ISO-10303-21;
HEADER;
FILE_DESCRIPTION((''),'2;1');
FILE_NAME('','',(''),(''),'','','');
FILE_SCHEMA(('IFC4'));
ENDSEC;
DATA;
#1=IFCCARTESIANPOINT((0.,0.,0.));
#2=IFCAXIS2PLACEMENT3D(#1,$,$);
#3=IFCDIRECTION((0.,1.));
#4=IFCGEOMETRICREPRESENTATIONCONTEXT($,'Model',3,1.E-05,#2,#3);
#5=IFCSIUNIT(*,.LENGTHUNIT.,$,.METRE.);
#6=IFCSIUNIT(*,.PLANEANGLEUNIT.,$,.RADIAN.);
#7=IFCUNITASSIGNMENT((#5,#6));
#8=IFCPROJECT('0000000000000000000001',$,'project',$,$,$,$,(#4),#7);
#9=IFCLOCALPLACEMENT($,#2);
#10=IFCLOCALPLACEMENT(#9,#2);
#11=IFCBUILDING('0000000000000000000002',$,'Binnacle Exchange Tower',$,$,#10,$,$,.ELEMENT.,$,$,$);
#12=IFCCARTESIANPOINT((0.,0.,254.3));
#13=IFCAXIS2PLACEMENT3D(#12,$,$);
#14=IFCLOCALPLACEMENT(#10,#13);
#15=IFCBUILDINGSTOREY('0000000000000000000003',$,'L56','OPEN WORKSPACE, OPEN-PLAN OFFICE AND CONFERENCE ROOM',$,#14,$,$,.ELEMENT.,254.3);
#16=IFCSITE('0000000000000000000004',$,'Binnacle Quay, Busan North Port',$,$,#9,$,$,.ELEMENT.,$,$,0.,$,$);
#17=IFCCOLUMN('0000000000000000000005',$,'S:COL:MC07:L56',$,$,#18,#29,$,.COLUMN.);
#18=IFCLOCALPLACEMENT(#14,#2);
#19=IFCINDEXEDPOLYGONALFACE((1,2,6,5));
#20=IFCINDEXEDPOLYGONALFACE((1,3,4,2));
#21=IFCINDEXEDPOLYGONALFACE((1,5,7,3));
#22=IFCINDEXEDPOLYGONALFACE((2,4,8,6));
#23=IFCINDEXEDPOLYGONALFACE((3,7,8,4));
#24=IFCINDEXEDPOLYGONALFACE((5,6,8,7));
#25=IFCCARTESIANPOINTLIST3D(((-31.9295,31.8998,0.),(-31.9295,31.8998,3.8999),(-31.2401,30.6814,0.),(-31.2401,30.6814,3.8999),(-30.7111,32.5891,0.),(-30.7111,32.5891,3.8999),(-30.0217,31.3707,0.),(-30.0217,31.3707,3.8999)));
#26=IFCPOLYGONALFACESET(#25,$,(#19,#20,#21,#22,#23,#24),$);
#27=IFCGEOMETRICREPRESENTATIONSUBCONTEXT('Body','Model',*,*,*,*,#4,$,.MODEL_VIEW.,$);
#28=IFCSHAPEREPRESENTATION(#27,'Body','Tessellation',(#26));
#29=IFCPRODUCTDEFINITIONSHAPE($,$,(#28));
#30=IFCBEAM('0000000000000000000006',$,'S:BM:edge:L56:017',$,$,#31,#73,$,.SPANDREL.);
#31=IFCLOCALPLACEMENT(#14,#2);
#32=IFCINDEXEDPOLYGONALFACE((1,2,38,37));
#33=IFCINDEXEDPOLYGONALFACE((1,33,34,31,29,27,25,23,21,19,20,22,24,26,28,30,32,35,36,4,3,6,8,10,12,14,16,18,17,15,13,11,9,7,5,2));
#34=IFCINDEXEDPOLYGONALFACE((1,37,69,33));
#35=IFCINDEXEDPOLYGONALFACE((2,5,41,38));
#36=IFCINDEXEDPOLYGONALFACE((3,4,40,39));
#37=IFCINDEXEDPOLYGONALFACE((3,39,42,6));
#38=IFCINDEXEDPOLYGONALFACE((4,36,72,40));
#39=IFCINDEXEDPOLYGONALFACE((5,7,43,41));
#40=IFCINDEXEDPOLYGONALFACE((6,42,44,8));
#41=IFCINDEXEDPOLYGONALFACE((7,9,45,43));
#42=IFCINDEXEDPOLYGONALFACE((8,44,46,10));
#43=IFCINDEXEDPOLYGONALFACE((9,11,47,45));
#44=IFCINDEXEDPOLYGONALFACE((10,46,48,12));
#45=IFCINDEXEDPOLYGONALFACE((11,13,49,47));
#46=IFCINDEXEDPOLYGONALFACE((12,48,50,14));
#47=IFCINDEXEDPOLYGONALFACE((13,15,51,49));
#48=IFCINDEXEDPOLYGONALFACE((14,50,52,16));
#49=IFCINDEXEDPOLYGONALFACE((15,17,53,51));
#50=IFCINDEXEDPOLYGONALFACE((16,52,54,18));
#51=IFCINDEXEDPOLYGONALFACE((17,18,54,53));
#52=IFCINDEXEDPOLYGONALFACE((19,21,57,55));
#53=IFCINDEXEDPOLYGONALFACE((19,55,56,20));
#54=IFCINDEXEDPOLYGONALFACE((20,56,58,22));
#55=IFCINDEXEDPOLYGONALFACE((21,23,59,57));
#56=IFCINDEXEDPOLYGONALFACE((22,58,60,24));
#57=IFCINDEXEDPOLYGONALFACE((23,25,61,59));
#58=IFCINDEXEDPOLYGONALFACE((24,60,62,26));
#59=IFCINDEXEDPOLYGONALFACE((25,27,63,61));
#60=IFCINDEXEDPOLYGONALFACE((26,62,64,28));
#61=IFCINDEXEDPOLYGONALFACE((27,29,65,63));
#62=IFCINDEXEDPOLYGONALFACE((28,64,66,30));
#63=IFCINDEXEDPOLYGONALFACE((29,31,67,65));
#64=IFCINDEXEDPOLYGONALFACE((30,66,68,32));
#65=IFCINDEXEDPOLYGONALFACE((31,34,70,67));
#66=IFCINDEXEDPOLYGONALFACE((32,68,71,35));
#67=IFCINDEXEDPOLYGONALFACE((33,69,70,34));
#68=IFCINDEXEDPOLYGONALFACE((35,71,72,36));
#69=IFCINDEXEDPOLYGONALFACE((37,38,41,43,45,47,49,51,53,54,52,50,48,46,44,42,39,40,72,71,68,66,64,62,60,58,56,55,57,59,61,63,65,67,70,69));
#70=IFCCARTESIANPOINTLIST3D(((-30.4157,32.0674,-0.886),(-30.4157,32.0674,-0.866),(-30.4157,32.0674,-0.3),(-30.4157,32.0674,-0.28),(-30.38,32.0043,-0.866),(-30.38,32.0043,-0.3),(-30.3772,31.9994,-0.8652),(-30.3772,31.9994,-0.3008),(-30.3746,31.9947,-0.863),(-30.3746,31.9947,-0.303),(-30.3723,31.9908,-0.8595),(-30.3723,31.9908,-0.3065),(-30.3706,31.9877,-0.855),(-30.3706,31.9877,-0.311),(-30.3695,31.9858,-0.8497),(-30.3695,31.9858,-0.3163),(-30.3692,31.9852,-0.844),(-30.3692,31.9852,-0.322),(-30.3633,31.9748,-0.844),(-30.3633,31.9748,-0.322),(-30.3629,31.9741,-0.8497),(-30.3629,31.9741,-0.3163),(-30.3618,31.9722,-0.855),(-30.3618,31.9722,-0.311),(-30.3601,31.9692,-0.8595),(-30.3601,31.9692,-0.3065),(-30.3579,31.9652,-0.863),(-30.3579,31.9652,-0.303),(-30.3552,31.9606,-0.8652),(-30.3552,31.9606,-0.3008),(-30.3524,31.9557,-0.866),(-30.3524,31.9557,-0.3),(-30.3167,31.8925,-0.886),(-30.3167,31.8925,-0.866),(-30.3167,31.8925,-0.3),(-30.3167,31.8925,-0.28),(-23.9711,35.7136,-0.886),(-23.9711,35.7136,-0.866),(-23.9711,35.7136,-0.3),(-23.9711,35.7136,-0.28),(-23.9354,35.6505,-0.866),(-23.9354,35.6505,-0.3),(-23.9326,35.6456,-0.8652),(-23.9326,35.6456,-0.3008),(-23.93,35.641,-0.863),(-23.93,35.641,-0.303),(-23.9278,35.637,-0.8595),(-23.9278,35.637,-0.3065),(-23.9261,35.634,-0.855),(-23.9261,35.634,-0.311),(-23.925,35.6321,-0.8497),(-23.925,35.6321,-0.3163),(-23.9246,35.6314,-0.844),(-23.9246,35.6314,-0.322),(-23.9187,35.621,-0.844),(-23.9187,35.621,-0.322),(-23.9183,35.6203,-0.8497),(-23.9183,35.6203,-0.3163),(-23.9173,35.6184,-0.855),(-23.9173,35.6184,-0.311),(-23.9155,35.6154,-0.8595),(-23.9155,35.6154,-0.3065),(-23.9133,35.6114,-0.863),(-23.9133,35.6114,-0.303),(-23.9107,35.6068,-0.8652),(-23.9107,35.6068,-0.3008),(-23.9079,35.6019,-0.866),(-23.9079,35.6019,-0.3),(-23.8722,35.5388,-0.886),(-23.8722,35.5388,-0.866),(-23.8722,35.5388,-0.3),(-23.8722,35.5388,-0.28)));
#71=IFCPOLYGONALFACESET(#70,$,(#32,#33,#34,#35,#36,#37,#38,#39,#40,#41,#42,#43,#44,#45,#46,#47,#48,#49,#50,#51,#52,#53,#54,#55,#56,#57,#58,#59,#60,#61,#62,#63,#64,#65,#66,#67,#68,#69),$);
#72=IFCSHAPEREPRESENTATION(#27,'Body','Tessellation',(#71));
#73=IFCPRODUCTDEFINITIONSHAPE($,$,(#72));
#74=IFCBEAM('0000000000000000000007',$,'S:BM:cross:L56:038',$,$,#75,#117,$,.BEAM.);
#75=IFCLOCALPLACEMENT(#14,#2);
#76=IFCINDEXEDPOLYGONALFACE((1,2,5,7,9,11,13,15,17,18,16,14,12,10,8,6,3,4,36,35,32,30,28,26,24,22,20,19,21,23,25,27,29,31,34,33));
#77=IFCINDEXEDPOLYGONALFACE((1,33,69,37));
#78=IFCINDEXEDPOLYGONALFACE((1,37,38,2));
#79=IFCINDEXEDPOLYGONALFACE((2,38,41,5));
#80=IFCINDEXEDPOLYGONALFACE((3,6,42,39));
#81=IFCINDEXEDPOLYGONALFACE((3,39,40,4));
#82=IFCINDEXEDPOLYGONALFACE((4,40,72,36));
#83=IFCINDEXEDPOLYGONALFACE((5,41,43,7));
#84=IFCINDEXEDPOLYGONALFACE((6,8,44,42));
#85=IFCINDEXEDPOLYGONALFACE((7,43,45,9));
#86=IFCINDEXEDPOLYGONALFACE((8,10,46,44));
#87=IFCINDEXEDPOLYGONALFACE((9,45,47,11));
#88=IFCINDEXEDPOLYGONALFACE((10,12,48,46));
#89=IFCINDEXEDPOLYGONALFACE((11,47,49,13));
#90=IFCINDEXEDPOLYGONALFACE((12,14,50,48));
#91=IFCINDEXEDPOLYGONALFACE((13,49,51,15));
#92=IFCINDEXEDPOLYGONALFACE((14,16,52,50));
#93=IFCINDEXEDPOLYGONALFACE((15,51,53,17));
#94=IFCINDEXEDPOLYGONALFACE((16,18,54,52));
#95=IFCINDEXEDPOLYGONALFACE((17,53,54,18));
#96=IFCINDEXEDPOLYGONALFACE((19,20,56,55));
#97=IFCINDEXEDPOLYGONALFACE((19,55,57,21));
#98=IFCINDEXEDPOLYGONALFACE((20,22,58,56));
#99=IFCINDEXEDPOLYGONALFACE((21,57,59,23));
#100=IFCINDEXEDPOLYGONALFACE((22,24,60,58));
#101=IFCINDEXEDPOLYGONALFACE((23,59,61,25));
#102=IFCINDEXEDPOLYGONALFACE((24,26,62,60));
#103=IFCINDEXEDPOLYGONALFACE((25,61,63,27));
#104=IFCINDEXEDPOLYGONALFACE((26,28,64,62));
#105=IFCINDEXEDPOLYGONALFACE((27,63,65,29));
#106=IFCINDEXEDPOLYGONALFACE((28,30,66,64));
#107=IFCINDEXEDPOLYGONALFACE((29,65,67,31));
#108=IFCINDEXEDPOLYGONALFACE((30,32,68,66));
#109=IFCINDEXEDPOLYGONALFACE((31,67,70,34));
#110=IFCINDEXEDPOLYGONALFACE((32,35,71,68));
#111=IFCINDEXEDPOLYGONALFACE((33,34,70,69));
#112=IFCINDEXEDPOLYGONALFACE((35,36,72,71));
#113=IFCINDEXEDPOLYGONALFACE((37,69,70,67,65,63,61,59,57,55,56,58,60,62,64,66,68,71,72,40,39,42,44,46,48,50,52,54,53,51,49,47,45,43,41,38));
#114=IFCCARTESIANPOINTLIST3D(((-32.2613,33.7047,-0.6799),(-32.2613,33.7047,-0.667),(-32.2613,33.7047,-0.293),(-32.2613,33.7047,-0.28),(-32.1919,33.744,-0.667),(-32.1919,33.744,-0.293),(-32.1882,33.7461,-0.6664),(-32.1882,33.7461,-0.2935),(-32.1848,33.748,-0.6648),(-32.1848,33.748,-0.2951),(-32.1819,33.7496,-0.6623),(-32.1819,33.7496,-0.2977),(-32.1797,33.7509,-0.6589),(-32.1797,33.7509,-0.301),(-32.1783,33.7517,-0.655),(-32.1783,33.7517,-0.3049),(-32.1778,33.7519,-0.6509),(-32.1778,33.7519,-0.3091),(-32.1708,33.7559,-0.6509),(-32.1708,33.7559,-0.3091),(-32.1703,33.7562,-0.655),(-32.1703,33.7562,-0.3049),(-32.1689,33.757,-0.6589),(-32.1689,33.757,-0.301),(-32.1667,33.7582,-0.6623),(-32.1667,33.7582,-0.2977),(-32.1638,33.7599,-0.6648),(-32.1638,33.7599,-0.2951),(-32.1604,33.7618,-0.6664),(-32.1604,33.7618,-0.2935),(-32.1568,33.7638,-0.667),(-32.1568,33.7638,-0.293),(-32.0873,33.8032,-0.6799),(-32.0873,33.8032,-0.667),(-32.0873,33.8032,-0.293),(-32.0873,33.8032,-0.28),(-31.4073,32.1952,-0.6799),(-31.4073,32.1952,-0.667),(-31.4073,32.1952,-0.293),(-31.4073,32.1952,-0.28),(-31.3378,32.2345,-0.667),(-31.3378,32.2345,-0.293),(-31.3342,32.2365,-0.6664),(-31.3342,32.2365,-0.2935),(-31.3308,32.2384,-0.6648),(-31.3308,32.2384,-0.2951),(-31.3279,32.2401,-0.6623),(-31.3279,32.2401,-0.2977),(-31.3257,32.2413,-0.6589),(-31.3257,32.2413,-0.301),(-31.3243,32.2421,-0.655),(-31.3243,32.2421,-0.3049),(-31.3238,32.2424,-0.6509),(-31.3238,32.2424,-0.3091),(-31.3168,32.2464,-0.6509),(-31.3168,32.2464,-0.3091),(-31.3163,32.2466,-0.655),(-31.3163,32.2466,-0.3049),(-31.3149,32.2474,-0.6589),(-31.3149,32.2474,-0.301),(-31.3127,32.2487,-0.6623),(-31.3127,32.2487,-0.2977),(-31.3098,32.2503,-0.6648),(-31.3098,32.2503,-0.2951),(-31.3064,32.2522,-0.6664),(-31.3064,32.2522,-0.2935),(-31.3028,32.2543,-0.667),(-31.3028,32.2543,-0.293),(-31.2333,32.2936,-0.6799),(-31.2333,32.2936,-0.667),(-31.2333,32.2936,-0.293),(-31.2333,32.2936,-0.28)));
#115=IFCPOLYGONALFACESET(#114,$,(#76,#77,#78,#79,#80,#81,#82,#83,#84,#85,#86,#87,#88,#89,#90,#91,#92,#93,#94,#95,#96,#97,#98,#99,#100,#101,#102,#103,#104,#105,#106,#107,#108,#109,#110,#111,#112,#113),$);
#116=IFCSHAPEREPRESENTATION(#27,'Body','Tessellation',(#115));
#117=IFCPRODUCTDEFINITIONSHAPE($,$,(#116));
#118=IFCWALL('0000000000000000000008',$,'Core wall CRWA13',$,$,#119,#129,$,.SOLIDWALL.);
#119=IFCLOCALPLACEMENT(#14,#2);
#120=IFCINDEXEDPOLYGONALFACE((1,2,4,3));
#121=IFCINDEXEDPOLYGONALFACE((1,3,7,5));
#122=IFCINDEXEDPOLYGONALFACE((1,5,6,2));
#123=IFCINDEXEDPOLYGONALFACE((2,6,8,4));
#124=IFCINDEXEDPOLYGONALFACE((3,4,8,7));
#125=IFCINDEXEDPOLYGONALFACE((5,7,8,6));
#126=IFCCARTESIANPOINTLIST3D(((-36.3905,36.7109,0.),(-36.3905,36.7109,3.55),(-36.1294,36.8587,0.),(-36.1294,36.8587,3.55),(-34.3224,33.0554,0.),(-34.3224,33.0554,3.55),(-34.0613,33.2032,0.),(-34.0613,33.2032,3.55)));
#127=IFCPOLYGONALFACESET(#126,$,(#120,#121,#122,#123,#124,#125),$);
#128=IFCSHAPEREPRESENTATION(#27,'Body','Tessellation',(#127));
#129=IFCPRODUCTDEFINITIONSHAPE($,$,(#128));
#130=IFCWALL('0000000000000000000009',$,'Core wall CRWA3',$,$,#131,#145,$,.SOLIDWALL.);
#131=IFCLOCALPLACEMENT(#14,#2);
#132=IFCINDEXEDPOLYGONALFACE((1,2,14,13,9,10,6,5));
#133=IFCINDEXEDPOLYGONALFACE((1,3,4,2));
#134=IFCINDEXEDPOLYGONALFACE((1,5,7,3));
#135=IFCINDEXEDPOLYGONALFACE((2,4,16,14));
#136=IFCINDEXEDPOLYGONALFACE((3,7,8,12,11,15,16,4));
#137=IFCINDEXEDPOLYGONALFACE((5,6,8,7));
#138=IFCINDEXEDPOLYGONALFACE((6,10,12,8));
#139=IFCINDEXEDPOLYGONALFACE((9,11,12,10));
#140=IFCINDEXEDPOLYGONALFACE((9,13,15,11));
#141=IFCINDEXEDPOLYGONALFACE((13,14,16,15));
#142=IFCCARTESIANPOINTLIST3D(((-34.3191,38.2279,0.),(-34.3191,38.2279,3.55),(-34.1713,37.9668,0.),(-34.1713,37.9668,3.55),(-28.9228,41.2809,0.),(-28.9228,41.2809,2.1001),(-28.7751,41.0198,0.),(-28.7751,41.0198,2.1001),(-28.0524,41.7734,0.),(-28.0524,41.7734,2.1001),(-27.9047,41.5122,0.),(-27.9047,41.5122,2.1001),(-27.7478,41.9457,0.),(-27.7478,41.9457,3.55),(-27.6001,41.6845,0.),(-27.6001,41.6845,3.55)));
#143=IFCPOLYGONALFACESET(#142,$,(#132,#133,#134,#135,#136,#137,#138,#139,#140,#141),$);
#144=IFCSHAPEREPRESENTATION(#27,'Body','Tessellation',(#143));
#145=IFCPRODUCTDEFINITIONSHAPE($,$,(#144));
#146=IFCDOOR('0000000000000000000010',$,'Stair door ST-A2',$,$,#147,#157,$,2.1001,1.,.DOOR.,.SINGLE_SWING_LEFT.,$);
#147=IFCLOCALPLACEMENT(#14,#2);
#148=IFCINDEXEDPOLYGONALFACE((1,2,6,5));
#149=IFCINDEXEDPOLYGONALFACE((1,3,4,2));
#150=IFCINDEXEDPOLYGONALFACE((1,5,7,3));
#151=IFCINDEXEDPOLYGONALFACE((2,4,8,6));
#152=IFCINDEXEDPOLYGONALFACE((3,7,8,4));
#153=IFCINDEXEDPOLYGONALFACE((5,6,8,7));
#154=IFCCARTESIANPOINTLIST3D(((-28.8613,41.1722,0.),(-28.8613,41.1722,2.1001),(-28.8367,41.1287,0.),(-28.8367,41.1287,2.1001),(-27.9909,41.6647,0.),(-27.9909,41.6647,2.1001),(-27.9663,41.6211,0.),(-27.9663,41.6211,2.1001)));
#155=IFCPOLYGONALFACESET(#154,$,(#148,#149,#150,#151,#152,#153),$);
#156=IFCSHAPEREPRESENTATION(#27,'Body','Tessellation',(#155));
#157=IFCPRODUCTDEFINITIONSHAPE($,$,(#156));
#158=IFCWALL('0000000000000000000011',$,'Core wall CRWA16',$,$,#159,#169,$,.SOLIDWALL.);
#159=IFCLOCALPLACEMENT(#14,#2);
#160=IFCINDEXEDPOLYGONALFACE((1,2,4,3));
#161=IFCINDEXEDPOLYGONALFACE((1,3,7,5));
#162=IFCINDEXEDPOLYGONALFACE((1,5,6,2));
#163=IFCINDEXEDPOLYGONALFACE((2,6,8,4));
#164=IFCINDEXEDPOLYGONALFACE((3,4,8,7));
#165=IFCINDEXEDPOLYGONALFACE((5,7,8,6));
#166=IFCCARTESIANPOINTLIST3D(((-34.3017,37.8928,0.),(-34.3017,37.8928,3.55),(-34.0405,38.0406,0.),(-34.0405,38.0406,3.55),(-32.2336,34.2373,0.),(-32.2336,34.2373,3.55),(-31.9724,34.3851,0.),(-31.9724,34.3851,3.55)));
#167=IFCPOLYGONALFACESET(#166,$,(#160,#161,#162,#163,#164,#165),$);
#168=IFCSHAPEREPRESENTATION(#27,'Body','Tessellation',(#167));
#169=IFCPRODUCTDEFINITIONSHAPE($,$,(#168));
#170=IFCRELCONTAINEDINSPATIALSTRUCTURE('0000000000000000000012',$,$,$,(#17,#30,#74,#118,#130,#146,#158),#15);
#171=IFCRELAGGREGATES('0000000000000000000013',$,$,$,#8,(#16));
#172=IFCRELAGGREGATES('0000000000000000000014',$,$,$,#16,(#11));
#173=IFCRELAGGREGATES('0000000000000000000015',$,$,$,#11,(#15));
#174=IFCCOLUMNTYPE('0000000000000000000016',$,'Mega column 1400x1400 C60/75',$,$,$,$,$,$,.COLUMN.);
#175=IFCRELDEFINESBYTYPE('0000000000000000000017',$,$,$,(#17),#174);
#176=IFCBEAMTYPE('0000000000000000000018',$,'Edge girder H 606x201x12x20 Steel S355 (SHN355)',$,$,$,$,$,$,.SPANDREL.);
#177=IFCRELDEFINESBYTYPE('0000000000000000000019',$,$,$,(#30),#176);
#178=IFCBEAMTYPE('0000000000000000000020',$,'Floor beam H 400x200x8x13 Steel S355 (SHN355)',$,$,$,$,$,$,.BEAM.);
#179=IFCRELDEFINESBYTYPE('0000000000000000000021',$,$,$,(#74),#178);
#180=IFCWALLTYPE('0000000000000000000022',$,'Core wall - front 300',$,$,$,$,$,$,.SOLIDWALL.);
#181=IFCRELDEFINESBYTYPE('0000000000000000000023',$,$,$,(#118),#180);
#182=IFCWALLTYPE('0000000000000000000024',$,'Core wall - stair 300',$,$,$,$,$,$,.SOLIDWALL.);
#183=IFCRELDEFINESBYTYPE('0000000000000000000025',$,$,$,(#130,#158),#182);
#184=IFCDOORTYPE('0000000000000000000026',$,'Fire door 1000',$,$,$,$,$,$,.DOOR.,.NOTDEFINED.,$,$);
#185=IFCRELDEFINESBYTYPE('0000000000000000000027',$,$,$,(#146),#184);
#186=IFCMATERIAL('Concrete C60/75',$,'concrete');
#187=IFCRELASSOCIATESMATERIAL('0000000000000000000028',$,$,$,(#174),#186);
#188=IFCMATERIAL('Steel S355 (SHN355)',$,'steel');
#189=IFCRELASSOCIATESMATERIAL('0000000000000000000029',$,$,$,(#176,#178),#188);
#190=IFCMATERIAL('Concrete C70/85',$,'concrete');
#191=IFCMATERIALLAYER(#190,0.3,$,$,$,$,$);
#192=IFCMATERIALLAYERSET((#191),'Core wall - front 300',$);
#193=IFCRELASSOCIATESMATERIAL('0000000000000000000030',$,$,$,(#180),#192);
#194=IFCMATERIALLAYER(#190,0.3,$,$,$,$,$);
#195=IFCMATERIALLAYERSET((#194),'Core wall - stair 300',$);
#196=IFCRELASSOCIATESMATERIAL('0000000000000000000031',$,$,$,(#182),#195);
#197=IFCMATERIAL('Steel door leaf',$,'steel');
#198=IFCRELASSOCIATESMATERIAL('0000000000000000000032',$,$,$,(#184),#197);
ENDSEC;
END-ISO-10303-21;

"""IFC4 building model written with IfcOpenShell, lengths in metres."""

from ifc_helpers import new_model, si_unit, direction, frame, frame_2d, origin, origin_2d, place, context, subcontext, project, spatial, rectangle, i_section, extrude, material, layer, layer_set, material_profile, profile_set, type_object, element, fill, save


model = new_model("IFC4")

# Units and contexts
model_context = context("Model", 3, precision=1e-05, world=origin(), true_north=direction((0.0, 1.0)))
body_context = subcontext(model_context, "Body", "Model", "MODEL_VIEW")
ifc_project = project(units=[si_unit("LENGTHUNIT", "METRE"), si_unit("PLANEANGLEUNIT", "RADIAN")], contexts=[model_context])

# Site, building, storey
site_placement = place(None, origin())
site = spatial("IfcSite", under=ifc_project, at=site_placement, Name="Binnacle Quay, Busan North Port", CompositionType="ELEMENT", RefElevation=0.0)
building_placement = place(site_placement, origin())
building = spatial("IfcBuilding", under=site, at=building_placement, Name="Binnacle Exchange Tower", CompositionType="ELEMENT")
storey_placement = place(building_placement, frame((0.0, 0.0, 254.3)))
storey = spatial("IfcBuildingStorey", under=building, at=storey_placement, Name="L56", Description="OPEN WORKSPACE, OPEN-PLAN OFFICE AND CONFERENCE ROOM", CompositionType="ELEMENT", Elevation=254.3)

# Column
ifc_material_1 = material(Name="Concrete C60/75", Category="concrete")
ifc_material_profile_1 = material_profile(ifc_material_1, rectangle(XDim=1.3999, YDim=1.3999, at=origin_2d()), Name="Mega column 1400x1400 C60/75")
ifc_profile_set_1 = profile_set([ifc_material_profile_1], Name="Concrete C60/75")
column_type = type_object("IfcColumnType", Name="Mega column 1400x1400 C60/75", PredefinedType="COLUMN", material=ifc_profile_set_1)
column_placement = place(storey_placement, frame((-30.9756, 31.6353, 0.0), z_axis=(0.0, 0.0, 1.0), x_axis=(0.870356, 0.492424, 0.0)))
element("IfcColumn", 1, at=column_placement, inside=storey, type_object=column_type, Name="S:COL:MC07:L56", PredefinedType="COLUMN", context=body_context, shape_type="SweptSolid", body=[
    extrude(rectangle(XDim=1.3999, YDim=1.3999, at=origin_2d()), origin(), (0.0, 0.0, 1.0), 3.8999),
])

# Beams
ifc_material_2 = material(Name="Steel S355 (SHN355)", Category="steel")
ifc_material_profile_2 = material_profile(ifc_material_2, i_section(OverallWidth=0.2009, OverallDepth=0.606, WebThickness=0.012, FlangeThickness=0.02, FilletRadius=0.022, at=origin_2d()), Name="H 606x201x12x20")
ifc_profile_set_2 = profile_set([ifc_material_profile_2], Name="Steel S355 (SHN355)")
beam_type_1 = type_object("IfcBeamType", Name="Edge girder H 606x201x12x20 Steel S355 (SHN355)", PredefinedType="SPANDREL", material=ifc_profile_set_2)
beam_1_placement = place(storey_placement, frame((-30.3662, 31.98, -0.583), z_axis=(0.870352, 0.492431, 0.0), x_axis=(-0.492431, 0.870352, 0.0)))
element("IfcBeam", 2, at=beam_1_placement, inside=storey, type_object=beam_type_1, Name="S:BM:edge:L56:017", PredefinedType="SPANDREL", context=body_context, shape_type="SweptSolid", body=[
    extrude(i_section(OverallWidth=0.2009, OverallDepth=0.606, WebThickness=0.012, FlangeThickness=0.02, FilletRadius=0.022, at=origin_2d()), origin(), (0.0, 0.0, 1.0), 7.4045),
])
ifc_material_profile_3 = material_profile(ifc_material_2, i_section(OverallWidth=0.2, OverallDepth=0.3999, WebThickness=0.0081, FlangeThickness=0.0129, FilletRadius=0.0161, at=origin_2d()), Name="H 400x200x8x13")
ifc_profile_set_3 = profile_set([ifc_material_profile_3], Name="Steel S355 (SHN355)")
beam_type_2 = type_object("IfcBeamType", Name="Floor beam H 400x200x8x13 Steel S355 (SHN355)", PredefinedType="BEAM", material=ifc_profile_set_3)
beam_2_placement = place(storey_placement, frame((-31.3203, 32.2444, -0.48), z_axis=(-0.492405, 0.870366, 0.0), x_axis=(-0.870366, -0.492405, 0.0)))
element("IfcBeam", 3, at=beam_2_placement, inside=storey, type_object=beam_type_2, Name="S:BM:cross:L56:038", PredefinedType="BEAM", context=body_context, shape_type="SweptSolid", body=[
    extrude(i_section(OverallWidth=0.2, OverallDepth=0.3999, WebThickness=0.0081, FlangeThickness=0.0129, FilletRadius=0.0161, at=origin_2d()), origin(), (0.0, 0.0, 1.0), 1.7344),
])

# Wall
ifc_material_3 = material(Name="Concrete C70/85", Category="concrete")
ifc_layer_1 = layer(ifc_material_3, 0.3)
ifc_layer_set_1 = layer_set([ifc_layer_1], Name="Core wall - front 300")
wall_type_1 = type_object("IfcWallType", Name="Core wall - front 300", PredefinedType="SOLIDWALL", material=ifc_layer_set_1)
wall_1_placement = place(storey_placement, frame((-36.26, 36.7849, 0.0), z_axis=(0.0, 0.0, 1.0), x_axis=(0.49241, -0.870364, 0.0)))
element("IfcWall", 4, at=wall_1_placement, inside=storey, type_object=wall_type_1, Name="Core wall CRWA13", PredefinedType="SOLIDWALL", context=body_context, shape_type="SweptSolid", body=[
    extrude(rectangle(XDim=4.2, YDim=0.3, at=frame_2d((2.1001, 0.0))), origin(), (0.0, 0.0, 1.0), 3.55),
])

# Wall, opening, door
ifc_layer_2 = layer(ifc_material_3, 0.3)
ifc_layer_set_2 = layer_set([ifc_layer_2], Name="Core wall - stair 300")
wall_type_2 = type_object("IfcWallType", Name="Core wall - stair 300", PredefinedType="SOLIDWALL", material=ifc_layer_set_2)
wall_2_placement = place(storey_placement, frame((-34.2451, 38.0974, 0.0), z_axis=(0.0, 0.0, 1.0), x_axis=(0.87036, 0.492415, 0.0)))
wall_2 = element("IfcWall", 5, at=wall_2_placement, inside=storey, type_object=wall_type_2, Name="Core wall CRWA3", PredefinedType="SOLIDWALL", context=body_context, shape_type="SweptSolid", body=[
    extrude(rectangle(XDim=7.55, YDim=0.3, at=frame_2d((3.7749, 0.0))), origin(), (0.0, 0.0, 1.0), 3.55),
])
opening_1_placement = place(wall_2_placement, frame((6.2, 0.0, 0.0)))
opening_1 = element("IfcOpeningElement", 6, at=opening_1_placement, cuts=wall_2, PredefinedType="OPENING", context=body_context, shape_type="SweptSolid", body=[
    extrude(rectangle(XDim=1.0, YDim=2.1001, at=frame_2d((0.5, 1.05))), frame((0.0, 0.1599, 0.0), z_axis=(0.0, -1.0, 0.0), x_axis=(1.0, 0.0, 0.0)), (0.0, 0.0, 1.0), 0.3201),
])
ifc_material_4 = material(Name="Steel door leaf", Category="steel")
door_type_1 = type_object("IfcDoorType", Name="Fire door 1000", OperationType="NOTDEFINED", PredefinedType="DOOR", material=ifc_material_4)
door_1_placement = place(opening_1_placement, frame((1.0, 0.0, 0.0), z_axis=(0.0, 0.0, 1.0), x_axis=(-1.0, 0.0, 0.0)))
door_1 = element("IfcDoor", 7, at=door_1_placement, inside=storey, type_object=door_type_1, Name="Stair door ST-A2", OperationType="SINGLE_SWING_LEFT", OverallHeight=2.1001, OverallWidth=1.0, PredefinedType="DOOR", context=body_context, shape_type="SweptSolid", body=[
    extrude(rectangle(XDim=1.0, YDim=2.1001, at=frame_2d((0.5, 1.05))), frame((0.0, 0.0249, 0.0), z_axis=(0.0, -1.0, 0.0), x_axis=(1.0, 0.0, 0.0)), (0.0, 0.0, 1.0), 0.05),
])
fill(opening_1, door_1)

# Wall
wall_3_placement = place(storey_placement, frame((-34.1711, 37.9668, 0.0), z_axis=(0.0, 0.0, 1.0), x_axis=(0.49241, -0.870364, 0.0)))
element("IfcWall", 8, at=wall_3_placement, inside=storey, type_object=wall_type_2, Name="Core wall CRWA16", PredefinedType="SOLIDWALL", context=body_context, shape_type="SweptSolid", body=[
    extrude(rectangle(XDim=4.2, YDim=0.3, at=frame_2d((2.1001, 0.0))), origin(), (0.0, 0.0, 1.0), 3.55),
])

save(model, "model.ifc")
